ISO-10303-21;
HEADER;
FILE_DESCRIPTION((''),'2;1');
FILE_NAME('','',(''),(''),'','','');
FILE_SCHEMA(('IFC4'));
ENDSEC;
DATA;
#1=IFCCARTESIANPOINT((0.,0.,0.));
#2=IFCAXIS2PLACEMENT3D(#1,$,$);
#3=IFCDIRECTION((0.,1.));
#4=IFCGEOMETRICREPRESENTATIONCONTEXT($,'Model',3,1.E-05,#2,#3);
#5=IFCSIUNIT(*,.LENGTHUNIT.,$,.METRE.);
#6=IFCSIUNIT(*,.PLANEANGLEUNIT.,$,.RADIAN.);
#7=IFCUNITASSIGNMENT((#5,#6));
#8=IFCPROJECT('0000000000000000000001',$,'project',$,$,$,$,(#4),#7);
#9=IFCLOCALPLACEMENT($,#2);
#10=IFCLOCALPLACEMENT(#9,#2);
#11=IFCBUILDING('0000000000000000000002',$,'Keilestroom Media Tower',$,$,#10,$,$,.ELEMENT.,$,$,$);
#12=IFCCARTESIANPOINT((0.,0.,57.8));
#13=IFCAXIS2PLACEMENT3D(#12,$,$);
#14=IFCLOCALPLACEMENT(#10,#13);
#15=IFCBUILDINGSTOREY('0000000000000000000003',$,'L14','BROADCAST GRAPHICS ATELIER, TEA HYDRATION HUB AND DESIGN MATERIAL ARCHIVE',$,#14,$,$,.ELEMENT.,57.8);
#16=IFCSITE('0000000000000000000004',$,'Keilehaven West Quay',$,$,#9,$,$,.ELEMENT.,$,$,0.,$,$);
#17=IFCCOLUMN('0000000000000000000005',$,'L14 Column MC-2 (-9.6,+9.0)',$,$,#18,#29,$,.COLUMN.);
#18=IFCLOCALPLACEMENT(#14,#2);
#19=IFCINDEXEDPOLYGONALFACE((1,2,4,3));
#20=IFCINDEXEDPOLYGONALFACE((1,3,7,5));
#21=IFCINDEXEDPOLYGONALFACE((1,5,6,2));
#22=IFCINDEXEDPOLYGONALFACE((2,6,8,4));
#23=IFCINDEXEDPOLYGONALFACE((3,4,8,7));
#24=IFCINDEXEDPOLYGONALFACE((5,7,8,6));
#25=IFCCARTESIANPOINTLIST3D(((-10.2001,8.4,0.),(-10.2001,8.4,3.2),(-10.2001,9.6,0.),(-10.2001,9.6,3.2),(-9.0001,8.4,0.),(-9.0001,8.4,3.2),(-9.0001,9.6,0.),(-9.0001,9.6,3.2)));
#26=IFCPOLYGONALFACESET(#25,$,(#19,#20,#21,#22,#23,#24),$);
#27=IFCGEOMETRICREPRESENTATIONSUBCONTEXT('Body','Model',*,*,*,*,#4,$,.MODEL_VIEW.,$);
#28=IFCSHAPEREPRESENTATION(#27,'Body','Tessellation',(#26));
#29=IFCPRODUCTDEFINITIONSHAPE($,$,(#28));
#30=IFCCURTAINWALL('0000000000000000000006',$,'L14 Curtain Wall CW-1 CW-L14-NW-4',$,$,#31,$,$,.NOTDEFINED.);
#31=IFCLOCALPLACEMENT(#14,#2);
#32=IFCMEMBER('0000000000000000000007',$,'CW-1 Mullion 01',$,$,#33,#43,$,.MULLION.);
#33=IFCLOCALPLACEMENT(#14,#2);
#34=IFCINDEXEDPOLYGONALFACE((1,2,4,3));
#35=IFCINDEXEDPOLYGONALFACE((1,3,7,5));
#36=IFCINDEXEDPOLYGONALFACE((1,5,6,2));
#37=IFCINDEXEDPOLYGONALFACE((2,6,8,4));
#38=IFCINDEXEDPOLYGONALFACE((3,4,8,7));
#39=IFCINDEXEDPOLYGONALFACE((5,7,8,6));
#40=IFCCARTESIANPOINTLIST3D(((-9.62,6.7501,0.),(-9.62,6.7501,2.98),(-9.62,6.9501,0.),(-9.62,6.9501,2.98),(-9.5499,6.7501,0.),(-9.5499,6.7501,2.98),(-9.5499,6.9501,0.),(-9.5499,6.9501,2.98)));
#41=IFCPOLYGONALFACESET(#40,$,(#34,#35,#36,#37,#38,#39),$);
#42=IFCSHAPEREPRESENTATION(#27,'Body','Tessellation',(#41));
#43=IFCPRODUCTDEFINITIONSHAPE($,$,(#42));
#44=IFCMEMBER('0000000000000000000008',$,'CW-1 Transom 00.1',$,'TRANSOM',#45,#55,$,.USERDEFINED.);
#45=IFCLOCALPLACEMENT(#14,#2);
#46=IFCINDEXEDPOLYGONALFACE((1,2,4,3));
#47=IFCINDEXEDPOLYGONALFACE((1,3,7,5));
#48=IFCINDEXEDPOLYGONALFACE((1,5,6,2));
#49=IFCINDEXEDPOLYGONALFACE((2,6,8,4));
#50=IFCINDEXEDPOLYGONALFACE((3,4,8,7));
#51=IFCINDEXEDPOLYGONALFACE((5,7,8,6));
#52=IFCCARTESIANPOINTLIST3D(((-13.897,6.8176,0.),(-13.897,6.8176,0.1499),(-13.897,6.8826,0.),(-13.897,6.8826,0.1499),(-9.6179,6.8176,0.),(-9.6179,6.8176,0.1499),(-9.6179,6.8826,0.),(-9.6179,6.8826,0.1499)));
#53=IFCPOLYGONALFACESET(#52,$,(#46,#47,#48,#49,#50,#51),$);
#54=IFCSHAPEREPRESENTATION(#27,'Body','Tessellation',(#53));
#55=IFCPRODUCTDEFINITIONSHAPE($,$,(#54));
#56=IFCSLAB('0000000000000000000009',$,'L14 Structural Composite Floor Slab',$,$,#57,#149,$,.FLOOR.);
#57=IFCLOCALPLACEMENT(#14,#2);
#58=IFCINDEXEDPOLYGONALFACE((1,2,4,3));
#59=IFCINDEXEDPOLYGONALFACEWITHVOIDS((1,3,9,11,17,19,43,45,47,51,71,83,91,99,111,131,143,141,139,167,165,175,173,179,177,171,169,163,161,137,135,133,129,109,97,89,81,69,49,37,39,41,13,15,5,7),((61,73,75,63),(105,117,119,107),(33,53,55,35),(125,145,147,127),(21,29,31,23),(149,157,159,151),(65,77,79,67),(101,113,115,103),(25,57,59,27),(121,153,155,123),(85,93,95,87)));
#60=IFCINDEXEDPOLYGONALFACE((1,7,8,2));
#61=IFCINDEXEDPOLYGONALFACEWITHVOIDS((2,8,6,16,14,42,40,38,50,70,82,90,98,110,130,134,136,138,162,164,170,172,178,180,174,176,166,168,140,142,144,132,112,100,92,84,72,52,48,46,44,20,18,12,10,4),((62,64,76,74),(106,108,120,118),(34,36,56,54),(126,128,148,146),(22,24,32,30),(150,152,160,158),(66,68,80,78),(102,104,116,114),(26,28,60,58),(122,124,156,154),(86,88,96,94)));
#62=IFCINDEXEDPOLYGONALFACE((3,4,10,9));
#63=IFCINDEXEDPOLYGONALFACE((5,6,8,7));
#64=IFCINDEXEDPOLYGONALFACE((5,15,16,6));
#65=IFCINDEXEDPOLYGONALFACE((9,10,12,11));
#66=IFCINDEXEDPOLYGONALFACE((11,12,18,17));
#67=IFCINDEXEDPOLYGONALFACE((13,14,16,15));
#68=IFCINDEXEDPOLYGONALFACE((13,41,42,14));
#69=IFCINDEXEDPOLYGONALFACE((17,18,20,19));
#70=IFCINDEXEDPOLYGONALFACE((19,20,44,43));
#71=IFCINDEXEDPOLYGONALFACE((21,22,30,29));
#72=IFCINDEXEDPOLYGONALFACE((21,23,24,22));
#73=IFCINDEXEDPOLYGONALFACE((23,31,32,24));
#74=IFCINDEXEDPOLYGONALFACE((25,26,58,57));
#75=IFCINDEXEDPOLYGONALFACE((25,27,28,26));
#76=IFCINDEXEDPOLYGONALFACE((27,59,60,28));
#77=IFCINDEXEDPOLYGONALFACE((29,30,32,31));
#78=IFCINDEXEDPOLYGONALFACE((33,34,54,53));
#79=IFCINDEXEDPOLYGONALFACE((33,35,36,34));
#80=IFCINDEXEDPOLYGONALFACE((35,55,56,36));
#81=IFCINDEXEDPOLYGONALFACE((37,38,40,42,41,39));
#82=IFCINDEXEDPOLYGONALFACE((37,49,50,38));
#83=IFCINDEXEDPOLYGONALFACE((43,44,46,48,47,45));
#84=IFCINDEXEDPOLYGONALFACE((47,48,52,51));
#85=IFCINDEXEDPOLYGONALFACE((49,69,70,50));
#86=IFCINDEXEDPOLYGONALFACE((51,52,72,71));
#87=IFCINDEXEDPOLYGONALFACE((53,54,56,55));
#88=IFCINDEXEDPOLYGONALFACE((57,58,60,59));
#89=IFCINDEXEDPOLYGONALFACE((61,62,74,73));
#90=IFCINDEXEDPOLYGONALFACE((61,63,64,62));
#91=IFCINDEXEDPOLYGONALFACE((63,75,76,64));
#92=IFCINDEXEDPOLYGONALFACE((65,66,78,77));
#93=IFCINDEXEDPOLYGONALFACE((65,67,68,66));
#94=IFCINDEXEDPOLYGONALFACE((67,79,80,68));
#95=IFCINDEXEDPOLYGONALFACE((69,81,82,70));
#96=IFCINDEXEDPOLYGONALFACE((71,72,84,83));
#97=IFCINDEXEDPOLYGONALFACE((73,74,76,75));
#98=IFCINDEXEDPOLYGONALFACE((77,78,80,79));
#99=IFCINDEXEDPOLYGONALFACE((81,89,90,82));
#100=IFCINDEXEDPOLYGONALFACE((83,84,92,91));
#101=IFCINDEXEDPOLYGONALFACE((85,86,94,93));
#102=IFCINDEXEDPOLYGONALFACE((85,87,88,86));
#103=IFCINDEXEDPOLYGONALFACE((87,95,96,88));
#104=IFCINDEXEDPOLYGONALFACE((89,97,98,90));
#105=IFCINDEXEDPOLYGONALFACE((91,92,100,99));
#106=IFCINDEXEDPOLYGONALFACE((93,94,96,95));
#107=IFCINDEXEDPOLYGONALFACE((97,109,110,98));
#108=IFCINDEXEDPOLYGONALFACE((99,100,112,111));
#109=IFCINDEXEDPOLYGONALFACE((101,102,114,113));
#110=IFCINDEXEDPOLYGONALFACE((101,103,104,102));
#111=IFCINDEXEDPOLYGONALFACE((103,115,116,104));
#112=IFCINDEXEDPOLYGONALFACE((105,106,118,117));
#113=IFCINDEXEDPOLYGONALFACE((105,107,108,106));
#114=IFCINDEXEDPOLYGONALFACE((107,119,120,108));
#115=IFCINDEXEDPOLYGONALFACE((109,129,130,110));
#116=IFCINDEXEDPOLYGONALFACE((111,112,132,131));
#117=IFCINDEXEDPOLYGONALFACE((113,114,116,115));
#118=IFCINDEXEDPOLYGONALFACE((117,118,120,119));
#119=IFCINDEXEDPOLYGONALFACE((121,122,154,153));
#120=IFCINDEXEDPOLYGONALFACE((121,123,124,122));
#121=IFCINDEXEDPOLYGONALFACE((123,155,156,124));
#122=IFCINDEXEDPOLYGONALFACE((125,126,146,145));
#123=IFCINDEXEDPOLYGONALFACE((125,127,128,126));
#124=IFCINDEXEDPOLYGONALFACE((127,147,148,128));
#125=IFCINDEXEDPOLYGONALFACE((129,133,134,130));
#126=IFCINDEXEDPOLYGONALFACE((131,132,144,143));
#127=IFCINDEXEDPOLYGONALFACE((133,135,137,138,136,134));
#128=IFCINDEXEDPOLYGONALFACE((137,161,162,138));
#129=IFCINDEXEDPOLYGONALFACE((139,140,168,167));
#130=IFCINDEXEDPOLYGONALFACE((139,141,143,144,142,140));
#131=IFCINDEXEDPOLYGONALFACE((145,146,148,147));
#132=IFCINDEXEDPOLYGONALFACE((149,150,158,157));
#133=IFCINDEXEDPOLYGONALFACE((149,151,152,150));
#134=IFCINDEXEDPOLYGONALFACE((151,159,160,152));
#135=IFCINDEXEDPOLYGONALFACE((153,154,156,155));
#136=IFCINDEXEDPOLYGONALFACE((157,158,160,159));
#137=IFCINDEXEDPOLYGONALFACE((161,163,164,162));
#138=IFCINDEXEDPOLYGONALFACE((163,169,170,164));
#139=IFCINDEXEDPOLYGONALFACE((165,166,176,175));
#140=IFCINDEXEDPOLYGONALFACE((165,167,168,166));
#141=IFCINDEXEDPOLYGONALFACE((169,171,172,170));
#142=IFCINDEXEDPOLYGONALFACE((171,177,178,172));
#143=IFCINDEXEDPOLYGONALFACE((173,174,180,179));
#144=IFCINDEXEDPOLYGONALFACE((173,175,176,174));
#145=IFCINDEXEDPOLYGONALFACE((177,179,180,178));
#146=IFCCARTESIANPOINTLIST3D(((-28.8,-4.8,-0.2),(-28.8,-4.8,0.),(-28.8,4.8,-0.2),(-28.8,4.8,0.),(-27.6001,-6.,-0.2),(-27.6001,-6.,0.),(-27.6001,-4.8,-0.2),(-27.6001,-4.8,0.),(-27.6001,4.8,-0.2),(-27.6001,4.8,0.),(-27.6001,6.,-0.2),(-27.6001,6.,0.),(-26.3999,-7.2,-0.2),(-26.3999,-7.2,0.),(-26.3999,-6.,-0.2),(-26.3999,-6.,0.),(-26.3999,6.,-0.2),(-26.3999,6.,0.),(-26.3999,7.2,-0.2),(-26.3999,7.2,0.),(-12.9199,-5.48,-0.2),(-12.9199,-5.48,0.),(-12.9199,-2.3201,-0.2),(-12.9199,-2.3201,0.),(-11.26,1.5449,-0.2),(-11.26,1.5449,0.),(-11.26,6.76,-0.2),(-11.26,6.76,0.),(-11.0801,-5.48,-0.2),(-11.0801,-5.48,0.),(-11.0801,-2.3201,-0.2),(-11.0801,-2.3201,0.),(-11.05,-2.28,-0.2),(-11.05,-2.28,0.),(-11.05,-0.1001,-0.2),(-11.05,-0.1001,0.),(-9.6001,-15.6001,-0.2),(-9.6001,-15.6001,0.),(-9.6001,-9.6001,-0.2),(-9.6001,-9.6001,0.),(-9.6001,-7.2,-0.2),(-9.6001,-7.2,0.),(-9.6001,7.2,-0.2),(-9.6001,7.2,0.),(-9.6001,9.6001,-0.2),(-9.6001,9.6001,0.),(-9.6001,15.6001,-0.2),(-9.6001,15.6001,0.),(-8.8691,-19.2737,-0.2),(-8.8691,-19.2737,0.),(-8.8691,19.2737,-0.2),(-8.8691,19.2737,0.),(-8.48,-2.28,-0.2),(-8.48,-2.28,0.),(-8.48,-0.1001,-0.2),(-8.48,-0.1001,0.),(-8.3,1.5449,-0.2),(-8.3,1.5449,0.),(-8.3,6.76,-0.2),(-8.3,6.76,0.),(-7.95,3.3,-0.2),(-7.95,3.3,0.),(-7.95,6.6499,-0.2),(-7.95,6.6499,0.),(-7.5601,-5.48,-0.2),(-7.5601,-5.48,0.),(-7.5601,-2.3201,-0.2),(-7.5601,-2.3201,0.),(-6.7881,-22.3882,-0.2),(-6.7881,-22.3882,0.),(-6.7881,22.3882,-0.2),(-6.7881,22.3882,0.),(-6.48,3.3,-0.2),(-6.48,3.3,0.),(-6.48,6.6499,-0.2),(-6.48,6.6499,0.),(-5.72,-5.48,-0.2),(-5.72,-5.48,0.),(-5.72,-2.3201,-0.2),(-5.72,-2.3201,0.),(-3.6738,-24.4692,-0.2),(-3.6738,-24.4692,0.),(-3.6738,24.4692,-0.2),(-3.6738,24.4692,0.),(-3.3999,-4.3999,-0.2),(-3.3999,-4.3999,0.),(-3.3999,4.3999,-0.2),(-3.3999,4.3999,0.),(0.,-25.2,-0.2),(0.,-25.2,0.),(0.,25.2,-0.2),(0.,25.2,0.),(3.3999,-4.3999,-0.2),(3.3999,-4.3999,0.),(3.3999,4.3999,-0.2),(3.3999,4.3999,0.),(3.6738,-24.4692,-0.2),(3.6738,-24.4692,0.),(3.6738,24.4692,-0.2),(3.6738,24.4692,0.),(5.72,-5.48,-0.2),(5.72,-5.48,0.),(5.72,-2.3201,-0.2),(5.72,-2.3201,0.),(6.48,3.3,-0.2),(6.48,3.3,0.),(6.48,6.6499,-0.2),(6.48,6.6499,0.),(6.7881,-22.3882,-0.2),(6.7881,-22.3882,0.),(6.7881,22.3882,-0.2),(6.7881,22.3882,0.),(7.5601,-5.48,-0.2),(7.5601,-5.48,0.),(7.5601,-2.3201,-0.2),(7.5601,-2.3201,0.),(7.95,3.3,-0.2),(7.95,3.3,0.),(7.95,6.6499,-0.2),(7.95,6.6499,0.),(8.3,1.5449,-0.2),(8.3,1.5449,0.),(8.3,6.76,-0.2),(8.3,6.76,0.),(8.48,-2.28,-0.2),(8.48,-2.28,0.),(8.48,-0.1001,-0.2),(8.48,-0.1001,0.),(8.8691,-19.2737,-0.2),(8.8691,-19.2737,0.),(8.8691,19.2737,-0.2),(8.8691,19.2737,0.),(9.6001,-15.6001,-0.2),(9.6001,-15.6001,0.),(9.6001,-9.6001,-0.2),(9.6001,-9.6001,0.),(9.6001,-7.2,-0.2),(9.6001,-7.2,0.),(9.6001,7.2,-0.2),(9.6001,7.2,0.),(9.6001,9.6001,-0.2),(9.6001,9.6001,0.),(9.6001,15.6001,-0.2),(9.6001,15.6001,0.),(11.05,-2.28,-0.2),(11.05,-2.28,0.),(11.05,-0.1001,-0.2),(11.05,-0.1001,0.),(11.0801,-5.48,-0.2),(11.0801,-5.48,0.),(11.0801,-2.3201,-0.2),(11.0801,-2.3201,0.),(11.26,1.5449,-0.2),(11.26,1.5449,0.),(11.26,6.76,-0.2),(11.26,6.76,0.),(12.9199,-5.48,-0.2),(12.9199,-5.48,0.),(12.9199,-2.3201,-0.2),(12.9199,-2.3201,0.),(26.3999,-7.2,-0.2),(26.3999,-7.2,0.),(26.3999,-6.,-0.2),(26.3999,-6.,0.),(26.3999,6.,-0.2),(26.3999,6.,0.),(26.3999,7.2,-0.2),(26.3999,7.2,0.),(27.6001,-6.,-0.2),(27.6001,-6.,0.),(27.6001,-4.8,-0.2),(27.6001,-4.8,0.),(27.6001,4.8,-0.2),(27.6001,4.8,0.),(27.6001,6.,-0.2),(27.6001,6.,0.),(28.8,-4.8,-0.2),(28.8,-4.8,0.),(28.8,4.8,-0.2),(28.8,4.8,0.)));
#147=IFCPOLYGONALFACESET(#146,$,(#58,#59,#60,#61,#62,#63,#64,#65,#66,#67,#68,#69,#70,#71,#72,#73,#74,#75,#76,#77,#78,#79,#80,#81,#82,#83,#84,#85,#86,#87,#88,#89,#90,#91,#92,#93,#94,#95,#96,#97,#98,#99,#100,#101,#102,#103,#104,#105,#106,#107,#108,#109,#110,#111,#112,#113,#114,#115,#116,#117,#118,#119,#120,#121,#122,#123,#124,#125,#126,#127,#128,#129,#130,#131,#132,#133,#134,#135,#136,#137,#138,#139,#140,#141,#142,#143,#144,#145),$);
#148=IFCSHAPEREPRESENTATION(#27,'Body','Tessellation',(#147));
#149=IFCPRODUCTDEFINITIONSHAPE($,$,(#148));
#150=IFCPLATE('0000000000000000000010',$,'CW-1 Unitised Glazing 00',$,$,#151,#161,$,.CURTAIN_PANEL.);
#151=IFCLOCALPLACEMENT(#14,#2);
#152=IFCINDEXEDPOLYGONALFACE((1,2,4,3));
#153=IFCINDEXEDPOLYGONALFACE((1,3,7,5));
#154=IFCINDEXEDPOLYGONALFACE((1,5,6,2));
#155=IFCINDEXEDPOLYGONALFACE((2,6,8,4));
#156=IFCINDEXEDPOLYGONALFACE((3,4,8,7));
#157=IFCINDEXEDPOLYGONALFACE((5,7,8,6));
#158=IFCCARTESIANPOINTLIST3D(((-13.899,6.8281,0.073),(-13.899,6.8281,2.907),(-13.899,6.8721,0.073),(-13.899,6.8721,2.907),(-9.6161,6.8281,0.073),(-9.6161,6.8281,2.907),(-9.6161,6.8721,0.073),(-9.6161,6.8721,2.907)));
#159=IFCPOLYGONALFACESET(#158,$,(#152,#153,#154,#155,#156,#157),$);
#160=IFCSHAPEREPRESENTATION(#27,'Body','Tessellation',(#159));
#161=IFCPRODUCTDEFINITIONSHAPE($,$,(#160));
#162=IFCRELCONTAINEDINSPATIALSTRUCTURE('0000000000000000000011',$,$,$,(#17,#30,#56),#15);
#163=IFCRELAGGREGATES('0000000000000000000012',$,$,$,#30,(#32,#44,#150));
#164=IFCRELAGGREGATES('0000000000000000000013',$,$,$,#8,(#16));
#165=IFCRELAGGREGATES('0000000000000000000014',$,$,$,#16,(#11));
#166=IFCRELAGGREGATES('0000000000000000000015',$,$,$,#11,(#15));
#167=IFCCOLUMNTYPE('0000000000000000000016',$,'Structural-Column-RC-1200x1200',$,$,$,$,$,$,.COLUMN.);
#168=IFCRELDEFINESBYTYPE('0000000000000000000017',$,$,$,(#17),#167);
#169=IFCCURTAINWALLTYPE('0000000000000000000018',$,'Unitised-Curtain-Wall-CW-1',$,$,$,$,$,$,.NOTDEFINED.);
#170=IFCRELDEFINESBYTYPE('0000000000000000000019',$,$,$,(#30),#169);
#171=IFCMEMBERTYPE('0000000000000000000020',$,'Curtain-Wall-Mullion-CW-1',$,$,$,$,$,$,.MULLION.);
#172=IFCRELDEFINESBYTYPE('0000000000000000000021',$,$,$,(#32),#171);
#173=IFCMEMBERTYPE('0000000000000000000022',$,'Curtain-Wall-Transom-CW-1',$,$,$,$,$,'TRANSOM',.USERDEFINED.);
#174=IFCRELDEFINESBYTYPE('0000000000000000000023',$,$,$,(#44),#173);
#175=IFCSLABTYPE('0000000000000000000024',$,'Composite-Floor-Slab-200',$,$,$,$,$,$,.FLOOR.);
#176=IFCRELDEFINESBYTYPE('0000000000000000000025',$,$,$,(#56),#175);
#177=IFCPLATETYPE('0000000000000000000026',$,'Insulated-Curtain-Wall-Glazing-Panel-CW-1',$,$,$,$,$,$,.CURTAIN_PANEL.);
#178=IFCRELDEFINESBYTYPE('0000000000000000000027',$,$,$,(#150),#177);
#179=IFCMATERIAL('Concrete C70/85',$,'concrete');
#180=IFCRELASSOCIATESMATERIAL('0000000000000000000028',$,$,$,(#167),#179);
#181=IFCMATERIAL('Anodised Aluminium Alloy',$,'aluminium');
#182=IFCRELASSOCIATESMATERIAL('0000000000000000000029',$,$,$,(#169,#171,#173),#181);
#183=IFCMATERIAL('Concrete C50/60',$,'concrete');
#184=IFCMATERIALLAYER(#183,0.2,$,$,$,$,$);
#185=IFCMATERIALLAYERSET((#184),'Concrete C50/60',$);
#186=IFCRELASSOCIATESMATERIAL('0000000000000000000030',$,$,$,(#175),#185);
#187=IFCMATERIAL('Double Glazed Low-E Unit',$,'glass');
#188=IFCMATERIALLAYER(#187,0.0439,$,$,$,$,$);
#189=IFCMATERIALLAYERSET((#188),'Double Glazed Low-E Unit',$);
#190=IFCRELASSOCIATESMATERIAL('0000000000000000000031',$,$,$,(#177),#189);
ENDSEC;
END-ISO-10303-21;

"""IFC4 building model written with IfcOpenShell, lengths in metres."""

from ifc_helpers import new_model, si_unit, direction, frame, origin, origin_2d, place, context, subcontext, project, spatial, polyline, rectangle, outline, extrude, source, transform, mapped, material, layer, layer_set, material_profile, profile_set, type_object, element, aggregate, save


model = new_model("IFC4")

# Units and contexts
model_context = context("Model", 3, precision=1e-05, world=origin(), true_north=direction((0.0, 1.0)))
body_context = subcontext(model_context, "Body", "Model", "MODEL_VIEW")
ifc_project = project(units=[si_unit("LENGTHUNIT", "METRE"), si_unit("PLANEANGLEUNIT", "RADIAN")], contexts=[model_context])

# Site, building, storey
site_placement = place(None, origin())
site = spatial("IfcSite", under=ifc_project, at=site_placement, Name="Keilehaven West Quay", CompositionType="ELEMENT", RefElevation=0.0)
building_placement = place(site_placement, origin())
building = spatial("IfcBuilding", under=site, at=building_placement, Name="Keilestroom Media Tower", CompositionType="ELEMENT")
storey_placement = place(building_placement, frame((0.0, 0.0, 57.8)))
storey = spatial("IfcBuildingStorey", under=building, at=storey_placement, Name="L14", Description="BROADCAST GRAPHICS ATELIER, TEA HYDRATION HUB AND DESIGN MATERIAL ARCHIVE", CompositionType="ELEMENT", Elevation=57.8)

# Column
ifc_material_1 = material(Name="Concrete C70/85", Category="concrete")
ifc_material_profile_1 = material_profile(ifc_material_1, rectangle(XDim=1.2, YDim=1.2, at=origin_2d()), Name="RC 1200x1200")
ifc_profile_set_1 = profile_set([ifc_material_profile_1], Name="Concrete C70/85")
column_type = type_object("IfcColumnType", Name="Structural-Column-RC-1200x1200", PredefinedType="COLUMN", material=ifc_profile_set_1)
shared_shape_1 = source(origin(), body_context, "Body", "SweptSolid", [
    extrude(rectangle(XDim=1.2, YDim=1.2, at=origin_2d()), origin(), (0.0, 0.0, 1.0), 3.2),
])
column_placement = place(storey_placement, frame((-9.6001, 9.0, 0.0), z_axis=(0.0, 0.0, 1.0), x_axis=(1.0, 0.0, 0.0)))
element("IfcColumn", 1, at=column_placement, inside=storey, type_object=column_type, Name="L14 Column MC-2 (-9.6,+9.0)", PredefinedType="COLUMN", context=body_context, shape_type="MappedRepresentation", body=[
    mapped(shared_shape_1, transform((0.0, 0.0, 0.0), x_axis=(1.0, 0.0, 0.0), y_axis=(0.0, 1.0, 0.0), z_axis=(0.0, 0.0, 1.0), scale=1.0)),
])

# Curtain wall, members
ifc_material_2 = material(Name="Anodised Aluminium Alloy", Category="aluminium")
curtain_wall_type = type_object("IfcCurtainWallType", Name="Unitised-Curtain-Wall-CW-1", PredefinedType="NOTDEFINED", material=ifc_material_2)
curtain_wall_placement = place(storey_placement, origin())
curtain_wall = element("IfcCurtainWall", 2, at=curtain_wall_placement, inside=storey, type_object=curtain_wall_type, Name="L14 Curtain Wall CW-1 CW-L14-NW-4", PredefinedType="NOTDEFINED")
ifc_material_profile_2 = material_profile(ifc_material_2, rectangle(XDim=0.0701, YDim=0.2, at=origin_2d()), Name="ALU MULLION 70x200")
ifc_profile_set_2 = profile_set([ifc_material_profile_2], Name="Anodised Aluminium Alloy")
member_type_1 = type_object("IfcMemberType", Name="Curtain-Wall-Mullion-CW-1", PredefinedType="MULLION", material=ifc_profile_set_2)
shared_shape_2 = source(origin(), body_context, "Body", "SweptSolid", [
    extrude(rectangle(XDim=0.0701, YDim=0.2, at=origin_2d()), origin(), (0.0, 0.0, 1.0), 2.98),
])
member_1_placement = place(storey_placement, frame((-9.585, 6.8501, 0.0), z_axis=(0.0, 0.0, 1.0), x_axis=(1.0, 0.0, 0.0)))
member_1 = element("IfcMember", 3, at=member_1_placement, type_object=member_type_1, Name="CW-1 Mullion 01", PredefinedType="MULLION", context=body_context, shape_type="MappedRepresentation", body=[
    mapped(shared_shape_2, transform((0.0, 0.0, 0.0), x_axis=(1.0, 0.0, 0.0), y_axis=(0.0, 1.0, 0.0), z_axis=(0.0, 0.0, 1.0), scale=1.0)),
])
ifc_material_profile_3 = material_profile(ifc_material_2, rectangle(XDim=0.0649, YDim=0.1499, at=origin_2d()), Name="ALU TRANSOM 65x150")
ifc_profile_set_3 = profile_set([ifc_material_profile_3], Name="Anodised Aluminium Alloy")
member_type_2 = type_object("IfcMemberType", Name="Curtain-Wall-Transom-CW-1", ElementType="TRANSOM", PredefinedType="USERDEFINED", material=ifc_profile_set_3)
shared_shape_3 = source(origin(), body_context, "Body", "SweptSolid", [
    extrude(rectangle(XDim=0.0649, YDim=0.1499, at=origin_2d()), origin(), (0.0, 0.0, 1.0), 4.2791),
])
member_2_placement = place(storey_placement, frame((-13.897, 6.8501, 0.075), z_axis=(1.0, 0.0, 0.0), x_axis=(0.0, 1.0, 0.0)))
member_2 = element("IfcMember", 4, at=member_2_placement, type_object=member_type_2, Name="CW-1 Transom 00.1", ObjectType="TRANSOM", PredefinedType="USERDEFINED", context=body_context, shape_type="MappedRepresentation", body=[
    mapped(shared_shape_3, transform((0.0, 0.0, 0.0), x_axis=(1.0, 0.0, 0.0), y_axis=(0.0, 1.0, 0.0), z_axis=(0.0, 0.0, 1.0), scale=1.0)),
])

# Slab
ifc_material_3 = material(Name="Concrete C50/60", Category="concrete")
ifc_layer_1 = layer(ifc_material_3, 0.2)
ifc_layer_set_1 = layer_set([ifc_layer_1], Name="Concrete C50/60")
slab_type = type_object("IfcSlabType", Name="Composite-Floor-Slab-200", PredefinedType="FLOOR", material=ifc_layer_set_1)
slab_placement = place(storey_placement, frame((0.0, 0.0, -0.2)))
element("IfcSlab", 5, at=slab_placement, inside=storey, type_object=slab_type, Name="L14 Structural Composite Floor Slab", PredefinedType="FLOOR", context=body_context, shape_type="SweptSolid", body=[
    extrude(outline(polyline([(28.8, -4.8), (28.8, 4.8), (27.6001, 4.8), (27.6001, 6.0), (26.3999, 6.0), (26.3999, 7.2), (9.6001, 7.2), (9.6001, 9.6001), (9.6001, 15.6001), (8.8691, 19.2737), (6.7881, 22.3882), (3.6738, 24.4692), (0.0, 25.2), (-3.6738, 24.4692), (-6.7881, 22.3882), (-8.8691, 19.2737), (-9.6001, 15.6001), (-9.6001, 9.6001), (-9.6001, 7.2), (-26.3999, 7.2), (-26.3999, 6.0), (-27.6001, 6.0), (-27.6001, 4.8), (-28.8, 4.8), (-28.8, -4.8), (-27.6001, -4.8), (-27.6001, -6.0), (-26.3999, -6.0), (-26.3999, -7.2), (-9.6001, -7.2), (-9.6001, -9.6001), (-9.6001, -15.6001), (-8.8691, -19.2737), (-6.7881, -22.3882), (-3.6738, -24.4692), (0.0, -25.2), (3.6738, -24.4692), (6.7881, -22.3882), (8.8691, -19.2737), (9.6001, -15.6001), (9.6001, -9.6001), (9.6001, -7.2), (26.3999, -7.2), (26.3999, -6.0), (27.6001, -6.0), (27.6001, -4.8), (28.8, -4.8)]), holes=[polyline([(-12.9199, -5.48), (-12.9199, -2.3201), (-11.0801, -2.3201), (-11.0801, -5.48), (-12.9199, -5.48)]), polyline([(-11.26, 1.5449), (-11.26, 6.76), (-8.3, 6.76), (-8.3, 1.5449), (-11.26, 1.5449)]), polyline([(-11.05, -2.28), (-11.05, -0.1001), (-8.48, -0.1001), (-8.48, -2.28), (-11.05, -2.28)]), polyline([(-7.95, 3.3), (-7.95, 6.6499), (-6.48, 6.6499), (-6.48, 3.3), (-7.95, 3.3)]), polyline([(-7.5601, -5.48), (-7.5601, -2.3201), (-5.72, -2.3201), (-5.72, -5.48), (-7.5601, -5.48)]), polyline([(-3.3999, -4.3999), (-3.3999, 4.3999), (3.3999, 4.3999), (3.3999, -4.3999), (-3.3999, -4.3999)]), polyline([(5.72, -5.48), (5.72, -2.3201), (7.5601, -2.3201), (7.5601, -5.48), (5.72, -5.48)]), polyline([(7.95, 6.6499), (7.95, 3.3), (6.48, 3.3), (6.48, 6.6499), (7.95, 6.6499)]), polyline([(8.3, 6.76), (11.26, 6.76), (11.26, 1.5449), (8.3, 1.5449), (8.3, 6.76)]), polyline([(8.48, -2.28), (8.48, -0.1001), (11.05, -0.1001), (11.05, -2.28), (8.48, -2.28)]), polyline([(12.9199, -5.48), (11.0801, -5.48), (11.0801, -2.3201), (12.9199, -2.3201), (12.9199, -5.48)])]), origin(), (0.0, 0.0, 1.0), 0.2),
])

# Plate
ifc_material_4 = material(Name="Double Glazed Low-E Unit", Category="glass")
ifc_layer_2 = layer(ifc_material_4, 0.0439)
ifc_layer_set_2 = layer_set([ifc_layer_2], Name="Double Glazed Low-E Unit")
plate_type = type_object("IfcPlateType", Name="Insulated-Curtain-Wall-Glazing-Panel-CW-1", PredefinedType="CURTAIN_PANEL", material=ifc_layer_set_2)
shared_shape_4 = source(origin(), body_context, "Body", "SweptSolid", [
    extrude(rectangle(XDim=4.283, YDim=0.0439, at=origin_2d()), origin(), (0.0, 0.0, 1.0), 2.834),
])
plate_placement = place(storey_placement, frame((-11.7576, 6.8501, 0.073), z_axis=(0.0, 0.0, 1.0), x_axis=(1.0, 0.0, 0.0)))
plate = element("IfcPlate", 6, at=plate_placement, type_object=plate_type, Name="CW-1 Unitised Glazing 00", PredefinedType="CURTAIN_PANEL", context=body_context, shape_type="MappedRepresentation", body=[
    mapped(shared_shape_4, transform((0.0, 0.0, 0.0), x_axis=(1.0, 0.0, 0.0), y_axis=(0.0, 1.0, 0.0), z_axis=(0.0, 0.0, 1.0), scale=1.0)),
])
aggregate(curtain_wall, [member_1, member_2, plate])

save(model, "model.ifc")
